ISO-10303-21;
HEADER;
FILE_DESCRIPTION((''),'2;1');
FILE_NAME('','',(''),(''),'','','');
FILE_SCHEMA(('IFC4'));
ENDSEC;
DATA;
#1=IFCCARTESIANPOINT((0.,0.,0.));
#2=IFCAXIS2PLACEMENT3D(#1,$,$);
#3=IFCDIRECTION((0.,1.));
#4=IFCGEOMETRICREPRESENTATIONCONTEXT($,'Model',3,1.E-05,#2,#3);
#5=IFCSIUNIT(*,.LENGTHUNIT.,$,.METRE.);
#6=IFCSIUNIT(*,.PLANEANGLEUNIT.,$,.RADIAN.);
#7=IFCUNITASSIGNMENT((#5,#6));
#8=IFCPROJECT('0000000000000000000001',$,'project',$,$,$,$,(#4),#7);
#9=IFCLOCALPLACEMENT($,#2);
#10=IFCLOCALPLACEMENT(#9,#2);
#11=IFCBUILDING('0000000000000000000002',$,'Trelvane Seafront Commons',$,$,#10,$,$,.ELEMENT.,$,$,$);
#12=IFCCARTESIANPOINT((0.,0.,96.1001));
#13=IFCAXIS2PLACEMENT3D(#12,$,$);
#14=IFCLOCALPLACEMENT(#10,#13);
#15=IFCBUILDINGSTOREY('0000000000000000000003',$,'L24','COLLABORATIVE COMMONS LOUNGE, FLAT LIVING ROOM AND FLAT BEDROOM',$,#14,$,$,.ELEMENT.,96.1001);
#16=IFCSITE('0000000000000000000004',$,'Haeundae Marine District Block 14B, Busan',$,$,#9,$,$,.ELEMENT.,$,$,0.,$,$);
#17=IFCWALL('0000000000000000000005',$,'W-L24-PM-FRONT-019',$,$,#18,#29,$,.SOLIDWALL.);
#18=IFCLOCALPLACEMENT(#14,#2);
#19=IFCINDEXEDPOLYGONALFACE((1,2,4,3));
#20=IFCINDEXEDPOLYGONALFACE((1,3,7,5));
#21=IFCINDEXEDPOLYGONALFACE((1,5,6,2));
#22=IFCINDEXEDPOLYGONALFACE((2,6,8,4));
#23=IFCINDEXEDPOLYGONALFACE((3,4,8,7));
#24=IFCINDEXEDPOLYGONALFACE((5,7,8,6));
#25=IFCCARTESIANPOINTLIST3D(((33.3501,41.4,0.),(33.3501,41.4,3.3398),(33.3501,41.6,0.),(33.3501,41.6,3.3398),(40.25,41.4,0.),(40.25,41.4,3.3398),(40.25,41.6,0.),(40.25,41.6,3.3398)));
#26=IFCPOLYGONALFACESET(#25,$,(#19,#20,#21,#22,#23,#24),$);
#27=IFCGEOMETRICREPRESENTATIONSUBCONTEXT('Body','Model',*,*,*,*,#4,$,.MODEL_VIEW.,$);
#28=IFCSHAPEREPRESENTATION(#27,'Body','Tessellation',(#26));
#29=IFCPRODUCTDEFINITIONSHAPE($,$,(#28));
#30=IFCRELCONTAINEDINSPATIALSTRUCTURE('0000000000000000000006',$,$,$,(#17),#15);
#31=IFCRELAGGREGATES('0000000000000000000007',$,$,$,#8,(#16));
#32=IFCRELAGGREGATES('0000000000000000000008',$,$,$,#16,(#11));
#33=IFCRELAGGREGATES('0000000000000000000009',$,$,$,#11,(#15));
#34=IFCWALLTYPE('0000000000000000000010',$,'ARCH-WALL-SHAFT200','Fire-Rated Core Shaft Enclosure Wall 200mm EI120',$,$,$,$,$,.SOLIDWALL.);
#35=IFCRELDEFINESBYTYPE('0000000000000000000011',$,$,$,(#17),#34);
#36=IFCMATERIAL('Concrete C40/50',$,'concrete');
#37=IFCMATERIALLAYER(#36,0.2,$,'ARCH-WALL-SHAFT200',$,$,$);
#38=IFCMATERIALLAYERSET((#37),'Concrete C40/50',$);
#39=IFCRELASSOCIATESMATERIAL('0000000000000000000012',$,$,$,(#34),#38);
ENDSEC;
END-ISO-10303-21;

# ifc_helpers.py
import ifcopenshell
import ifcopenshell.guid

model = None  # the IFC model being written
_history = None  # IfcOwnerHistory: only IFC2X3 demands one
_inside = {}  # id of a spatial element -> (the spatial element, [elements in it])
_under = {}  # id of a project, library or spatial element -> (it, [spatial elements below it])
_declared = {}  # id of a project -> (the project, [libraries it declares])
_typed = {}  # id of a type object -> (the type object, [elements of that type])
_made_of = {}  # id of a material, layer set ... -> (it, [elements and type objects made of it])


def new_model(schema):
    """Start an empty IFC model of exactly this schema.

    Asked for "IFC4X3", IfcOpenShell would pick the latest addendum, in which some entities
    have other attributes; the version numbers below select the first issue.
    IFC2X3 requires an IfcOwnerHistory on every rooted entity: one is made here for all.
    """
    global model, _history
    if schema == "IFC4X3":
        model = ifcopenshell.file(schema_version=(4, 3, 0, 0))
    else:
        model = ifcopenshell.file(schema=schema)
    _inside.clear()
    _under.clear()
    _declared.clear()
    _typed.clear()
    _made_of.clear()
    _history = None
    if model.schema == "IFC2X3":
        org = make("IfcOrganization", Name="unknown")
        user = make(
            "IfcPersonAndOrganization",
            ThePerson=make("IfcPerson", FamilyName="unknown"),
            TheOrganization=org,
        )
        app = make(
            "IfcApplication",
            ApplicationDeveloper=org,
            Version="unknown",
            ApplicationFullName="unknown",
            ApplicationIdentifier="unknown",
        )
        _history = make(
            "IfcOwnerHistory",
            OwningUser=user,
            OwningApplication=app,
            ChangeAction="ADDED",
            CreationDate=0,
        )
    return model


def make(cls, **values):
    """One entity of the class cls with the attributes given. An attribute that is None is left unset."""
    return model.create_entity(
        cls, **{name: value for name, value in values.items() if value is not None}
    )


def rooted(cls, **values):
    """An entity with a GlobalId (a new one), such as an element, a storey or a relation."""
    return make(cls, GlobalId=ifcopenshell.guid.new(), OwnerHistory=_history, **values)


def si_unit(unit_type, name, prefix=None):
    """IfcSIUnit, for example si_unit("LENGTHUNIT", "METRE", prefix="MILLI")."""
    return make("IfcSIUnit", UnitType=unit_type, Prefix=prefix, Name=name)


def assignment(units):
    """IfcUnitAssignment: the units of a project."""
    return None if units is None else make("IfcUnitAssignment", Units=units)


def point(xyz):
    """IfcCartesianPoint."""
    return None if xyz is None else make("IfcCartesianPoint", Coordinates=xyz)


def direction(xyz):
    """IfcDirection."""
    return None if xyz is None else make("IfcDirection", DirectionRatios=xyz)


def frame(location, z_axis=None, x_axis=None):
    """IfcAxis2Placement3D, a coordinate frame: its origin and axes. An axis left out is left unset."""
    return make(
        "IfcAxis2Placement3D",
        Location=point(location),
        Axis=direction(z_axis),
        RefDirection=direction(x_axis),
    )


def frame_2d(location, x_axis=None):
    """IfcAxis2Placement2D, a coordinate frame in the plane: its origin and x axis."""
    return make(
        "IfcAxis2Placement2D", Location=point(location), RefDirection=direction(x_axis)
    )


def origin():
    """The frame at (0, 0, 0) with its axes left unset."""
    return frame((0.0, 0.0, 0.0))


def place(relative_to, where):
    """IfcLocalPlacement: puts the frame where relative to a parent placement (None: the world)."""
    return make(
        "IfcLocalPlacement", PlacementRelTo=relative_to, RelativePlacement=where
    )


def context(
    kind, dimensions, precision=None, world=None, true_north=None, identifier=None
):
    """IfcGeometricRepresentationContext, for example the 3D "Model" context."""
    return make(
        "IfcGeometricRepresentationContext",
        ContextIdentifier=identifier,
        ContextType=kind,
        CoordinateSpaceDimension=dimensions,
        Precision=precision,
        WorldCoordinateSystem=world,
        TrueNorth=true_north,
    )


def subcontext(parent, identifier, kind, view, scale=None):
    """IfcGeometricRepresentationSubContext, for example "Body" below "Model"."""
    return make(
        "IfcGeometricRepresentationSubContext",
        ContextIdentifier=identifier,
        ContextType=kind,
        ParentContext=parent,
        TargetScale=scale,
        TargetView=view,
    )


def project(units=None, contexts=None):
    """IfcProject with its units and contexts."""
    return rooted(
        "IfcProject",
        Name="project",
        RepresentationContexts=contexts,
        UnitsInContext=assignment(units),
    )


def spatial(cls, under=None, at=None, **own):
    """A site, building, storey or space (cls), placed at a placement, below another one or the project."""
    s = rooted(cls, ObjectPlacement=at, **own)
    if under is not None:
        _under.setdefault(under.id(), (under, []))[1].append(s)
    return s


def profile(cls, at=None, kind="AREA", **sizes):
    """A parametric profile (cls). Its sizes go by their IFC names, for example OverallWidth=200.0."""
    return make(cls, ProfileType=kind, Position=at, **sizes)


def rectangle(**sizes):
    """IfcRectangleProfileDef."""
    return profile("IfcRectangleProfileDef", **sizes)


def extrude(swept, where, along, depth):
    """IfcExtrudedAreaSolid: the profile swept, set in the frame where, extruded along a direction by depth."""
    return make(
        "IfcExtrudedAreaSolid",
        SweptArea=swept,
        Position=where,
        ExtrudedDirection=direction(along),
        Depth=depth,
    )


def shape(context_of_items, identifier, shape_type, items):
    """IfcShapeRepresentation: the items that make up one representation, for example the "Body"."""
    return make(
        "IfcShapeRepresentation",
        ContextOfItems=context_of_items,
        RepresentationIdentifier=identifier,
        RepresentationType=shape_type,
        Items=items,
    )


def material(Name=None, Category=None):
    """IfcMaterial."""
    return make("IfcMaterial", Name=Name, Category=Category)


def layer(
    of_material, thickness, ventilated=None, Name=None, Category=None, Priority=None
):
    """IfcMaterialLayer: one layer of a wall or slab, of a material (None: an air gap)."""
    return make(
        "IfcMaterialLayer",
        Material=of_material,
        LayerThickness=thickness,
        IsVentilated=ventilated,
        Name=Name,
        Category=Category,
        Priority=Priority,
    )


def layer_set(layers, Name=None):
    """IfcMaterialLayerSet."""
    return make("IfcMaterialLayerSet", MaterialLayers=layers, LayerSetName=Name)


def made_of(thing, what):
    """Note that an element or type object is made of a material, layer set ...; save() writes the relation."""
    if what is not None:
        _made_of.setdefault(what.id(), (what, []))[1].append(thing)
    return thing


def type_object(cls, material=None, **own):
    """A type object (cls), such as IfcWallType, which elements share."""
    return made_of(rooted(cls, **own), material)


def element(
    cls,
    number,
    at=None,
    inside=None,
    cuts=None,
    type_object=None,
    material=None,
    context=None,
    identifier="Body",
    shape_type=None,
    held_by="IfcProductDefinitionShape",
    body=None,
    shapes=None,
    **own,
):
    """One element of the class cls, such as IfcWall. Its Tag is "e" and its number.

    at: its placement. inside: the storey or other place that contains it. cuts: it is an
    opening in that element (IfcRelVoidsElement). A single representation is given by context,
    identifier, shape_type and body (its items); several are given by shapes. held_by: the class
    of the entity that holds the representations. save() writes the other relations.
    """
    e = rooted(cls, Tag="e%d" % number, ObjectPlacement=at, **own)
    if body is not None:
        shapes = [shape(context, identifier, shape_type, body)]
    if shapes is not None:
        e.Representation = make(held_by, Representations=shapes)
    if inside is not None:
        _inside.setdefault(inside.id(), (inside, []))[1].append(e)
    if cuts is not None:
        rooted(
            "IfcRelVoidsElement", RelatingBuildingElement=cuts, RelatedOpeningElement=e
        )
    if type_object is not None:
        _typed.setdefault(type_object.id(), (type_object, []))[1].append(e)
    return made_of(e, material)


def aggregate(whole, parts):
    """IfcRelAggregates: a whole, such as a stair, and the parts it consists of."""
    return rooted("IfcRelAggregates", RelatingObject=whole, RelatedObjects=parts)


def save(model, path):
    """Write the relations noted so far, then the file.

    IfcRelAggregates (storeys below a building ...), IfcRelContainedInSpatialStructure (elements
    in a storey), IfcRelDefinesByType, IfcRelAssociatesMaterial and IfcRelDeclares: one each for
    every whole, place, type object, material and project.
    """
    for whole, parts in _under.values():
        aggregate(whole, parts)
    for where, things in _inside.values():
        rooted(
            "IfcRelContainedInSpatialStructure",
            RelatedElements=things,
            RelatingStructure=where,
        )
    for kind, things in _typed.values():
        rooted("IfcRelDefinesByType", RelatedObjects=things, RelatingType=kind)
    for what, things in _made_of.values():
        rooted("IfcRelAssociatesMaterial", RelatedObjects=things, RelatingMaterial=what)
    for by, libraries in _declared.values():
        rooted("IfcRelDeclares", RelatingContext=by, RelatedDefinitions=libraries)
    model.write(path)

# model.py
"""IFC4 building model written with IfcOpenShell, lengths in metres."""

from ifc_helpers import new_model, si_unit, direction, frame, frame_2d, origin, place, context, subcontext, project, spatial, rectangle, extrude, material, layer, layer_set, type_object, element, save


model = new_model("IFC4")

# Units and contexts
model_context = context("Model", 3, precision=1e-05, world=origin(), true_north=direction((0.0, 1.0)))
body_context = subcontext(model_context, "Body", "Model", "MODEL_VIEW")
ifc_project = project(units=[si_unit("LENGTHUNIT", "METRE"), si_unit("PLANEANGLEUNIT", "RADIAN")], contexts=[model_context])

# Site, building, storey
site_placement = place(None, origin())
site = spatial("IfcSite", under=ifc_project, at=site_placement, Name="Haeundae Marine District Block 14B, Busan", CompositionType="ELEMENT", RefElevation=0.0)
building_placement = place(site_placement, origin())
building = spatial("IfcBuilding", under=site, at=building_placement, Name="Trelvane Seafront Commons", CompositionType="ELEMENT")
storey_placement = place(building_placement, frame((0.0, 0.0, 96.1001)))
storey = spatial("IfcBuildingStorey", under=building, at=storey_placement, Name="L24", Description="COLLABORATIVE COMMONS LOUNGE, FLAT LIVING ROOM AND FLAT BEDROOM", CompositionType="ELEMENT", Elevation=96.1001)

# Shared definitions
ifc_material_1 = material(Name="Concrete C40/50", Category="concrete")

# Shared definitions
ifc_layer_1 = layer(ifc_material_1, 0.2, Name="ARCH-WALL-SHAFT200")
ifc_layer_set_1 = layer_set([ifc_layer_1], Name="Concrete C40/50")
wall_type_1 = type_object("IfcWallType", Name="ARCH-WALL-SHAFT200", Description="Fire-Rated Core Shaft Enclosure Wall 200mm EI120", PredefinedType="SOLIDWALL", material=ifc_layer_set_1)

# Wall
wall_1_placement = place(storey_placement, frame((33.3501, 41.5, 0.0), z_axis=(0.0, 0.0, 1.0), x_axis=(1.0, 0.0, 0.0)))
element("IfcWall", 1, at=wall_1_placement, inside=storey, type_object=wall_type_1, Name="W-L24-PM-FRONT-019", PredefinedType="SOLIDWALL", context=body_context, shape_type="SweptSolid", body=[
    extrude(rectangle(XDim=6.8999, YDim=0.2, at=frame_2d((3.45, 0.0))), origin(), (0.0, 0.0, 1.0), 3.3398),
])

save(model, "model.ifc")
